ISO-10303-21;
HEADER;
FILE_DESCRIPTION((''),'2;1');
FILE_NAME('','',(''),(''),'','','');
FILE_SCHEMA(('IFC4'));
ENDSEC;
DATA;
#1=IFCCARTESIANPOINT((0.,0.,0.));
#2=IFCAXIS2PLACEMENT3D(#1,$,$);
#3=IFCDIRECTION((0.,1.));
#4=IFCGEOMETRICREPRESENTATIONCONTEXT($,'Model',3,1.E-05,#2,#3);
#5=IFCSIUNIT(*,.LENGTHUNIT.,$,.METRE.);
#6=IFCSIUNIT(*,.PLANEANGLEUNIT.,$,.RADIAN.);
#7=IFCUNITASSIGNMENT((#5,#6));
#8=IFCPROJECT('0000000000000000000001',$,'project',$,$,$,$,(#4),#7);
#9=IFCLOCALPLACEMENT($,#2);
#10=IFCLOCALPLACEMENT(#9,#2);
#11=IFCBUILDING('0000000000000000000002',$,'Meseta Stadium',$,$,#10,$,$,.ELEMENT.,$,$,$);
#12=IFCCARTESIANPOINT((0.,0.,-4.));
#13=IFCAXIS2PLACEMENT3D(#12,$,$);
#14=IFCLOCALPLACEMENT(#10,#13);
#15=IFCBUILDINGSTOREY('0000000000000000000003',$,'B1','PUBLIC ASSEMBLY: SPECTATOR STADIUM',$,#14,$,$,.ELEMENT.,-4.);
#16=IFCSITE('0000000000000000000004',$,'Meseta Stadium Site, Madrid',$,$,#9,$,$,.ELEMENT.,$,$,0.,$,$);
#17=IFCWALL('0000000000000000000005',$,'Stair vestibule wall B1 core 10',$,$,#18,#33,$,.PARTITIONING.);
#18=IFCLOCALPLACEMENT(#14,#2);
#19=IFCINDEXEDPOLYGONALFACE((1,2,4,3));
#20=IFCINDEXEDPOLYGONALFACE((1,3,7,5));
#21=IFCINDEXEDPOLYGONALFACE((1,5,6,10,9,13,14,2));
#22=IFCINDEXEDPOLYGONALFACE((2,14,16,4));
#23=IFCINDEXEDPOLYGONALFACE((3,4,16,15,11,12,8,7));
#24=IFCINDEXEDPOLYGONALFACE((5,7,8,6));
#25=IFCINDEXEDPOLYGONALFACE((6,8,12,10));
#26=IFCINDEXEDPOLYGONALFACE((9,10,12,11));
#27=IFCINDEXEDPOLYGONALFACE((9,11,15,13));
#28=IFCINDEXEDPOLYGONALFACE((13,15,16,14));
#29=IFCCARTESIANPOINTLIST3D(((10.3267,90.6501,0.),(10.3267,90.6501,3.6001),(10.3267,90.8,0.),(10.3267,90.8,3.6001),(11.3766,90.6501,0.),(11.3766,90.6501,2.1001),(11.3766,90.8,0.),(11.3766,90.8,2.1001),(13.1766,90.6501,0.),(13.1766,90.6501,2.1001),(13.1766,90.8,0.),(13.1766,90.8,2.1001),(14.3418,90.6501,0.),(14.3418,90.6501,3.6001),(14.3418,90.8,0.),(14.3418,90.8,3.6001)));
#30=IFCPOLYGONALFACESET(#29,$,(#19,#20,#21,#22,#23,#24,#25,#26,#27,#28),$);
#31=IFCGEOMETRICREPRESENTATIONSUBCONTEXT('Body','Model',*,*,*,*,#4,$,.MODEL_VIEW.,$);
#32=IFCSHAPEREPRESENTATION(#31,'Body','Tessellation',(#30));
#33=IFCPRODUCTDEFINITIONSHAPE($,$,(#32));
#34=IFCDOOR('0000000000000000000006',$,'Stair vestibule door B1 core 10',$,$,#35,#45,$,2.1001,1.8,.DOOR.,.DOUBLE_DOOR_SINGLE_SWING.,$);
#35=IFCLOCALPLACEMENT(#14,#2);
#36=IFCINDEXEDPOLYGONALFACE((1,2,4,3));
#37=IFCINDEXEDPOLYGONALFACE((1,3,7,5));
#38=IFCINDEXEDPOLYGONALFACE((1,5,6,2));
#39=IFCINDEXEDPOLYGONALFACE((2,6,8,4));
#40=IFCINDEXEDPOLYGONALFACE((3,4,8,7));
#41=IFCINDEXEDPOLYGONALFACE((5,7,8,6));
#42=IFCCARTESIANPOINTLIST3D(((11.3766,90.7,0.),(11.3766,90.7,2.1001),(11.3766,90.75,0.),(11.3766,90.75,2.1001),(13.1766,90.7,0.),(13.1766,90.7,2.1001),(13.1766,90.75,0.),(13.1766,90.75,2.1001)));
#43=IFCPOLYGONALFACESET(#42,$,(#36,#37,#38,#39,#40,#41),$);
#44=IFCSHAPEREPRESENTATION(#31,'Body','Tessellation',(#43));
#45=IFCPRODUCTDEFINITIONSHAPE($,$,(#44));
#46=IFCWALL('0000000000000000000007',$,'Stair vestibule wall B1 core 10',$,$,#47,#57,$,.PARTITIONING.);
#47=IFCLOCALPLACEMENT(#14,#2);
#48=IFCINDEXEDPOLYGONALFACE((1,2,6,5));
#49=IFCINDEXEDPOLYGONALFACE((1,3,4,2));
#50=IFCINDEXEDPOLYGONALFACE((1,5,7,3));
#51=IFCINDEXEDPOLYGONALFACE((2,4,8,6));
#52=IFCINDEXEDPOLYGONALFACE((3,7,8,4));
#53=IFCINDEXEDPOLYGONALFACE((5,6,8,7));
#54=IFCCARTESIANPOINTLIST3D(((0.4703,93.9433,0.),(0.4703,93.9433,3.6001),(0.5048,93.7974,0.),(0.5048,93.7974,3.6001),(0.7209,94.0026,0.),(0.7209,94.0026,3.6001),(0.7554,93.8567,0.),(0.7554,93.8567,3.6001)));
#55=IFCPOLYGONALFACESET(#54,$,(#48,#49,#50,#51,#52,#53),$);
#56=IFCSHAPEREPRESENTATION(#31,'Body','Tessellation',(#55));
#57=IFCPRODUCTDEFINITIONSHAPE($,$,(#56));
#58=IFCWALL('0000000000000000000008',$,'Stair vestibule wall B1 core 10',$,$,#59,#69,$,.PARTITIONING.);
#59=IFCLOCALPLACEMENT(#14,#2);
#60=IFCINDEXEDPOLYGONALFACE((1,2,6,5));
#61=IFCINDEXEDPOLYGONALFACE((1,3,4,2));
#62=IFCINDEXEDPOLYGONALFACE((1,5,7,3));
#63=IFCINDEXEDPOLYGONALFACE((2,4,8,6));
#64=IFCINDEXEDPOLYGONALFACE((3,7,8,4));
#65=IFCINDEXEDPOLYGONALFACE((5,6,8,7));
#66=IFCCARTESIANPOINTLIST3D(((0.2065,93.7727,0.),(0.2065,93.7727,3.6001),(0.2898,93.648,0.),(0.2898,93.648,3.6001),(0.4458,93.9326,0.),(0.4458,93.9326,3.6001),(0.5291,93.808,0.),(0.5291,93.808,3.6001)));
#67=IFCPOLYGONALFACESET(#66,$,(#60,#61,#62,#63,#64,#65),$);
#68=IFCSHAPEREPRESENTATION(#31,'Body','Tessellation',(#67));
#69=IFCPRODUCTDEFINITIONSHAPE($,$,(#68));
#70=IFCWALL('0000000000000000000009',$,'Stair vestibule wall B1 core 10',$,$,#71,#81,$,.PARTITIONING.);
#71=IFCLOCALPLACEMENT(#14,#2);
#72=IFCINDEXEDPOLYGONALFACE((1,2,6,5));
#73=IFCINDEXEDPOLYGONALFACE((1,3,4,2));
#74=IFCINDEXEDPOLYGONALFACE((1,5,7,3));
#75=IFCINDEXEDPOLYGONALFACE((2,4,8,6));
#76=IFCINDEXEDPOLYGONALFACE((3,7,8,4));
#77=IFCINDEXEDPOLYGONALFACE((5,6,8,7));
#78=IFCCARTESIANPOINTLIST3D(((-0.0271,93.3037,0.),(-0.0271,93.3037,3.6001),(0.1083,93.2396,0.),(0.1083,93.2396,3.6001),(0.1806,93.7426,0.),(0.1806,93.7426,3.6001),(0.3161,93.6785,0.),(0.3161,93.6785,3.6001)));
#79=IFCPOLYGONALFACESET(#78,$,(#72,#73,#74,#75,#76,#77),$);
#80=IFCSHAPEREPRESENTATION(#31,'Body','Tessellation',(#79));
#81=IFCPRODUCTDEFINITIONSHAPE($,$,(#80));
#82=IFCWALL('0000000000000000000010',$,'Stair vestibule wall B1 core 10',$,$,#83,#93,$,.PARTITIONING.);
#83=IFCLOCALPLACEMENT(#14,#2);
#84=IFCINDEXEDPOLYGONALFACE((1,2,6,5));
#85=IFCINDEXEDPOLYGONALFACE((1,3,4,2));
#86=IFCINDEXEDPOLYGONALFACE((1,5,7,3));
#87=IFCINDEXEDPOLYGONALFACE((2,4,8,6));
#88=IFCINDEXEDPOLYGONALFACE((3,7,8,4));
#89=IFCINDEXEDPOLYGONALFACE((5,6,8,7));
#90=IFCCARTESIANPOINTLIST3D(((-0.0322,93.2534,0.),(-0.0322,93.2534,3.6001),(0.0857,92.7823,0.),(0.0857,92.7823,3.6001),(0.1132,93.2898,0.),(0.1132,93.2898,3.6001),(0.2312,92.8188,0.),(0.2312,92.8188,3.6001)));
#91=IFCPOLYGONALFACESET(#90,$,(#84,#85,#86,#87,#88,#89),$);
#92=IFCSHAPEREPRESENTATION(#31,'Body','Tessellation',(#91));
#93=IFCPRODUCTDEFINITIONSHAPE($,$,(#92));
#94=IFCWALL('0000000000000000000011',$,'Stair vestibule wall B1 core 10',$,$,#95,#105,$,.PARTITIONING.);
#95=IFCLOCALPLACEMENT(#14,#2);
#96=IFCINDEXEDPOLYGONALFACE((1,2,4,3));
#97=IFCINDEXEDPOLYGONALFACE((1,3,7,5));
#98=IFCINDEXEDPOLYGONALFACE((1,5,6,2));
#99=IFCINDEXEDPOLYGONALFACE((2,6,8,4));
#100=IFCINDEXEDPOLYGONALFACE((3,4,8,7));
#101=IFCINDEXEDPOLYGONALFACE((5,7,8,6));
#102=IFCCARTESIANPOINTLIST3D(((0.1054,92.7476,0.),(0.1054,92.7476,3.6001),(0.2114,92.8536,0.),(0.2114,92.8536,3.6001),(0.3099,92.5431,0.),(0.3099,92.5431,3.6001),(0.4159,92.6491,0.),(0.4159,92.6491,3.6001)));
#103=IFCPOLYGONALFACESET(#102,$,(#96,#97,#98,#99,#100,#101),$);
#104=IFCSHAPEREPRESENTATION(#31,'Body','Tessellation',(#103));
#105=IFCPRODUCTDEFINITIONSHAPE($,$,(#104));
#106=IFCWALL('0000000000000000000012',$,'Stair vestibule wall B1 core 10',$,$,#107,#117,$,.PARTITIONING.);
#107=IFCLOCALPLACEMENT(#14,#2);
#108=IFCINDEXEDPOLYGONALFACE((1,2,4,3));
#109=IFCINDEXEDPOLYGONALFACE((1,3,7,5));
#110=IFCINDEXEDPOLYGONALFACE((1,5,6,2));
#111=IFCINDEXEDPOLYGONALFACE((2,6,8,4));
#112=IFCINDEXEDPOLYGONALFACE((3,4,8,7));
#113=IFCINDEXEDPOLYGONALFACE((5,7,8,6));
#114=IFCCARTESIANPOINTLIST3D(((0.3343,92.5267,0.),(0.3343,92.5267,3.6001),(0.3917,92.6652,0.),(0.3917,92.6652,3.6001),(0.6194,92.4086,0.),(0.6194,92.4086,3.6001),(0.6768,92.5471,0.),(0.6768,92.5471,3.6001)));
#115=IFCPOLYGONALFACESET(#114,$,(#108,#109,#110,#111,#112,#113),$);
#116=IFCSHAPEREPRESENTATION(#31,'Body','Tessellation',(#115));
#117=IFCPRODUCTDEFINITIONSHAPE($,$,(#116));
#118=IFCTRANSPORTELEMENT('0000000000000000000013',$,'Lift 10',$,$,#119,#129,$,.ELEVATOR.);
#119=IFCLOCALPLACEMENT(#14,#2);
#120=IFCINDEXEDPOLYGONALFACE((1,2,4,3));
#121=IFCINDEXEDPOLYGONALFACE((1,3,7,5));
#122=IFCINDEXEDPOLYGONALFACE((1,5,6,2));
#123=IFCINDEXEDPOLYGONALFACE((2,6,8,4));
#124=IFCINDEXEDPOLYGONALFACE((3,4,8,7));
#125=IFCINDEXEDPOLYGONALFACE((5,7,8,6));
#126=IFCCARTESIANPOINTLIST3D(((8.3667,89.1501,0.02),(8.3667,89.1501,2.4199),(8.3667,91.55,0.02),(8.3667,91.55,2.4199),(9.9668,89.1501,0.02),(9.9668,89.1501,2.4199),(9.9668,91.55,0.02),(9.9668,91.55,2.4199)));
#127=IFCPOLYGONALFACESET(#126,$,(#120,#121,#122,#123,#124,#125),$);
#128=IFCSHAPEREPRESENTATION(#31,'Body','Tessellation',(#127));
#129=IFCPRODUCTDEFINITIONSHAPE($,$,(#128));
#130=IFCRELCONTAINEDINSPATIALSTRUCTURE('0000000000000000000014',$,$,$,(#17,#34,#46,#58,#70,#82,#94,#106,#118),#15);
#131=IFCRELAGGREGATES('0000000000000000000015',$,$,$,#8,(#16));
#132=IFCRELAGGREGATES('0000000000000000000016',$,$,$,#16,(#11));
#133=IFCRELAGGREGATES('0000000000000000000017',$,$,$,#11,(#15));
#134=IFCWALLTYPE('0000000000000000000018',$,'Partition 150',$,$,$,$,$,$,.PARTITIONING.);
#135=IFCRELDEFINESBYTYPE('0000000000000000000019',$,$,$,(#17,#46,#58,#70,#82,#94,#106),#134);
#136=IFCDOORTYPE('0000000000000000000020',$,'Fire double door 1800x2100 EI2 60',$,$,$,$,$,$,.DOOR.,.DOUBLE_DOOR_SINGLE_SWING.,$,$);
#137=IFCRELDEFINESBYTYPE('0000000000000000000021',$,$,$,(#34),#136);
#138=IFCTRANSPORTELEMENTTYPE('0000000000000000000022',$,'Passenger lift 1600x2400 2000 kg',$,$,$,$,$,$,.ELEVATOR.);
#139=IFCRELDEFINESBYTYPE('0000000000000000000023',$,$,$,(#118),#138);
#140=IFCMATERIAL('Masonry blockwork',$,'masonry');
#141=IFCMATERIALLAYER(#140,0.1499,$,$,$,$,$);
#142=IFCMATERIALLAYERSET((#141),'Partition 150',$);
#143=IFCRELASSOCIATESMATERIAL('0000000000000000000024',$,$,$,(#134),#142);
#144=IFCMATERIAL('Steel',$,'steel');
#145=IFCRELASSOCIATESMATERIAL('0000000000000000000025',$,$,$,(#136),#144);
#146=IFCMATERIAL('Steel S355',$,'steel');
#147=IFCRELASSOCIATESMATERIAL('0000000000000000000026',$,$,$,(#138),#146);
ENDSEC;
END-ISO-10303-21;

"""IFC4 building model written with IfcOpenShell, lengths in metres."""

from ifc_helpers import new_model, si_unit, direction, frame, frame_2d, origin, origin_2d, place, context, subcontext, project, spatial, rectangle, extrude, material, layer, layer_set, type_object, element, fill, save


model = new_model("IFC4")

# Units and contexts
model_context = context("Model", 3, precision=1e-05, world=origin(), true_north=direction((0.0, 1.0)))
body_context = subcontext(model_context, "Body", "Model", "MODEL_VIEW")
ifc_project = project(units=[si_unit("LENGTHUNIT", "METRE"), si_unit("PLANEANGLEUNIT", "RADIAN")], contexts=[model_context])

# Site, building, storey
site_placement = place(None, origin())
site = spatial("IfcSite", under=ifc_project, at=site_placement, Name="Meseta Stadium Site, Madrid", CompositionType="ELEMENT", RefElevation=0.0)
building_placement = place(site_placement, origin())
building = spatial("IfcBuilding", under=site, at=building_placement, Name="Meseta Stadium", CompositionType="ELEMENT")
storey_placement = place(building_placement, frame((0.0, 0.0, -4.0)))
storey = spatial("IfcBuildingStorey", under=building, at=storey_placement, Name="B1", Description="PUBLIC ASSEMBLY: SPECTATOR STADIUM", CompositionType="ELEMENT", Elevation=-4.0)

# Shared definitions
ifc_material_1 = material(Name="Masonry blockwork", Category="masonry")
ifc_layer_1 = layer(ifc_material_1, 0.1499)
ifc_layer_set_1 = layer_set([ifc_layer_1], Name="Partition 150")
wall_type_1 = type_object("IfcWallType", Name="Partition 150", PredefinedType="PARTITIONING", material=ifc_layer_set_1)

# Wall, opening, door
wall_1_placement = place(storey_placement, frame((10.3267, 90.7251, 0.0), z_axis=(0.0, 0.0, 1.0), x_axis=(1.0, 0.0, 0.0)))
wall_1 = element("IfcWall", 1, at=wall_1_placement, inside=storey, type_object=wall_type_1, Name="Stair vestibule wall B1 core 10", PredefinedType="PARTITIONING", context=body_context, shape_type="SweptSolid", body=[
    extrude(rectangle(XDim=4.0151, YDim=0.1499, at=frame_2d((2.0076, 0.0))), origin(), (0.0, 0.0, 1.0), 3.6001),
])
opening_1_placement = place(wall_1_placement, frame((1.05, 0.0, 0.0)))
opening_1 = element("IfcOpeningElement", 2, at=opening_1_placement, cuts=wall_1, PredefinedType="OPENING", context=body_context, shape_type="SweptSolid", body=[
    extrude(rectangle(XDim=1.8, YDim=2.1001, at=frame_2d((0.8999, 1.05))), frame((0.0, 0.085, 0.0), z_axis=(0.0, -1.0, 0.0), x_axis=(1.0, 0.0, 0.0)), (0.0, 0.0, 1.0), 0.1699),
])
ifc_material_2 = material(Name="Steel", Category="steel")
door_type_1 = type_object("IfcDoorType", Name="Fire double door 1800x2100 EI2 60", OperationType="DOUBLE_DOOR_SINGLE_SWING", PredefinedType="DOOR", material=ifc_material_2)
door_1_placement = place(opening_1_placement, origin())
door_1 = element("IfcDoor", 3, at=door_1_placement, inside=storey, type_object=door_type_1, Name="Stair vestibule door B1 core 10", OperationType="DOUBLE_DOOR_SINGLE_SWING", OverallHeight=2.1001, OverallWidth=1.8, PredefinedType="DOOR", context=body_context, shape_type="SweptSolid", body=[
    extrude(rectangle(XDim=1.8, YDim=2.1001, at=frame_2d((0.8999, 1.05))), frame((0.0, 0.0249, 0.0), z_axis=(0.0, -1.0, 0.0), x_axis=(1.0, 0.0, 0.0)), (0.0, 0.0, 1.0), 0.05),
])
fill(opening_1, door_1)

# Walls
wall_2_placement = place(storey_placement, frame((0.7383, 93.9297, 0.0), z_axis=(0.0, 0.0, 1.0), x_axis=(-0.973131, -0.230254, 0.0)))
element("IfcWall", 4, at=wall_2_placement, inside=storey, type_object=wall_type_1, Name="Stair vestibule wall B1 core 10", PredefinedType="PARTITIONING", context=body_context, shape_type="SweptSolid", body=[
    extrude(rectangle(XDim=0.2576, YDim=0.1499, at=frame_2d((0.1289, 0.0))), origin(), (0.0, 0.0, 1.0), 3.6001),
])
wall_3_placement = place(storey_placement, frame((0.4875, 93.8704, 0.0), z_axis=(0.0, 0.0, 1.0), x_axis=(-0.831397, -0.555679, 0.0)))
element("IfcWall", 5, at=wall_3_placement, inside=storey, type_object=wall_type_1, Name="Stair vestibule wall B1 core 10", PredefinedType="PARTITIONING", context=body_context, shape_type="SweptSolid", body=[
    extrude(rectangle(XDim=0.2878, YDim=0.1499, at=frame_2d((0.144, 0.0))), origin(), (0.0, 0.0, 1.0), 3.6001),
])
for number, where, z_axis, x_axis, name in (
    (6, (0.2483, 93.7104, 0.0), (0.0, 0.0, 1.0), (-0.427805, -0.903871, 0.0), "Stair vestibule wall B1 core 10"),
    (7, (0.0405, 93.2715, 0.0), (0.0, 0.0, 1.0), (0.242891, -0.970054, 0.0), "Stair vestibule wall B1 core 10"),
):
    element("IfcWall", number, at=place(storey_placement, frame(where, z_axis=z_axis, x_axis=x_axis)), inside=storey, type_object=wall_type_1, Name=name, PredefinedType="PARTITIONING", context=body_context, shape_type="SweptSolid", body=[
        extrude(rectangle(XDim=0.4856, YDim=0.1499, at=frame_2d((0.2427, 0.0))), origin(), (0.0, 0.0, 1.0), 3.6001),
    ])
wall_4_placement = place(storey_placement, frame((0.1584, 92.8005, 0.0), z_axis=(0.0, 0.0, 1.0), x_axis=(0.707107, -0.707107, 0.0)))
element("IfcWall", 8, at=wall_4_placement, inside=storey, type_object=wall_type_1, Name="Stair vestibule wall B1 core 10", PredefinedType="PARTITIONING", context=body_context, shape_type="SweptSolid", body=[
    extrude(rectangle(XDim=0.2893, YDim=0.1499, at=frame_2d((0.1445, 0.0))), origin(), (0.0, 0.0, 1.0), 3.6001),
])
wall_5_placement = place(storey_placement, frame((0.363, 92.5959, 0.0), z_axis=(0.0, 0.0, 1.0), x_axis=(0.923824, -0.382817, 0.0)))
element("IfcWall", 9, at=wall_5_placement, inside=storey, type_object=wall_type_1, Name="Stair vestibule wall B1 core 10", PredefinedType="PARTITIONING", context=body_context, shape_type="SweptSolid", body=[
    extrude(rectangle(XDim=0.3086, YDim=0.1499, at=frame_2d((0.1543, 0.0))), origin(), (0.0, 0.0, 1.0), 3.6001),
])

# Transport element
ifc_material_3 = material(Name="Steel S355", Category="steel")
transport_element_type = type_object("IfcTransportElementType", Name="Passenger lift 1600x2400 2000 kg", PredefinedType="ELEVATOR", material=ifc_material_3)
transport_element_placement = place(storey_placement, frame((9.1667, 90.3501, 0.02), z_axis=(0.0, 0.0, 1.0), x_axis=(0.0, -1.0, 0.0)))
element("IfcTransportElement", 10, at=transport_element_placement, inside=storey, type_object=transport_element_type, Name="Lift 10", PredefinedType="ELEVATOR", context=body_context, shape_type="SweptSolid", body=[
    extrude(rectangle(XDim=2.3999, YDim=1.6001, at=origin_2d()), origin(), (0.0, 0.0, 1.0), 2.3999),
])

save(model, "model.ifc")
